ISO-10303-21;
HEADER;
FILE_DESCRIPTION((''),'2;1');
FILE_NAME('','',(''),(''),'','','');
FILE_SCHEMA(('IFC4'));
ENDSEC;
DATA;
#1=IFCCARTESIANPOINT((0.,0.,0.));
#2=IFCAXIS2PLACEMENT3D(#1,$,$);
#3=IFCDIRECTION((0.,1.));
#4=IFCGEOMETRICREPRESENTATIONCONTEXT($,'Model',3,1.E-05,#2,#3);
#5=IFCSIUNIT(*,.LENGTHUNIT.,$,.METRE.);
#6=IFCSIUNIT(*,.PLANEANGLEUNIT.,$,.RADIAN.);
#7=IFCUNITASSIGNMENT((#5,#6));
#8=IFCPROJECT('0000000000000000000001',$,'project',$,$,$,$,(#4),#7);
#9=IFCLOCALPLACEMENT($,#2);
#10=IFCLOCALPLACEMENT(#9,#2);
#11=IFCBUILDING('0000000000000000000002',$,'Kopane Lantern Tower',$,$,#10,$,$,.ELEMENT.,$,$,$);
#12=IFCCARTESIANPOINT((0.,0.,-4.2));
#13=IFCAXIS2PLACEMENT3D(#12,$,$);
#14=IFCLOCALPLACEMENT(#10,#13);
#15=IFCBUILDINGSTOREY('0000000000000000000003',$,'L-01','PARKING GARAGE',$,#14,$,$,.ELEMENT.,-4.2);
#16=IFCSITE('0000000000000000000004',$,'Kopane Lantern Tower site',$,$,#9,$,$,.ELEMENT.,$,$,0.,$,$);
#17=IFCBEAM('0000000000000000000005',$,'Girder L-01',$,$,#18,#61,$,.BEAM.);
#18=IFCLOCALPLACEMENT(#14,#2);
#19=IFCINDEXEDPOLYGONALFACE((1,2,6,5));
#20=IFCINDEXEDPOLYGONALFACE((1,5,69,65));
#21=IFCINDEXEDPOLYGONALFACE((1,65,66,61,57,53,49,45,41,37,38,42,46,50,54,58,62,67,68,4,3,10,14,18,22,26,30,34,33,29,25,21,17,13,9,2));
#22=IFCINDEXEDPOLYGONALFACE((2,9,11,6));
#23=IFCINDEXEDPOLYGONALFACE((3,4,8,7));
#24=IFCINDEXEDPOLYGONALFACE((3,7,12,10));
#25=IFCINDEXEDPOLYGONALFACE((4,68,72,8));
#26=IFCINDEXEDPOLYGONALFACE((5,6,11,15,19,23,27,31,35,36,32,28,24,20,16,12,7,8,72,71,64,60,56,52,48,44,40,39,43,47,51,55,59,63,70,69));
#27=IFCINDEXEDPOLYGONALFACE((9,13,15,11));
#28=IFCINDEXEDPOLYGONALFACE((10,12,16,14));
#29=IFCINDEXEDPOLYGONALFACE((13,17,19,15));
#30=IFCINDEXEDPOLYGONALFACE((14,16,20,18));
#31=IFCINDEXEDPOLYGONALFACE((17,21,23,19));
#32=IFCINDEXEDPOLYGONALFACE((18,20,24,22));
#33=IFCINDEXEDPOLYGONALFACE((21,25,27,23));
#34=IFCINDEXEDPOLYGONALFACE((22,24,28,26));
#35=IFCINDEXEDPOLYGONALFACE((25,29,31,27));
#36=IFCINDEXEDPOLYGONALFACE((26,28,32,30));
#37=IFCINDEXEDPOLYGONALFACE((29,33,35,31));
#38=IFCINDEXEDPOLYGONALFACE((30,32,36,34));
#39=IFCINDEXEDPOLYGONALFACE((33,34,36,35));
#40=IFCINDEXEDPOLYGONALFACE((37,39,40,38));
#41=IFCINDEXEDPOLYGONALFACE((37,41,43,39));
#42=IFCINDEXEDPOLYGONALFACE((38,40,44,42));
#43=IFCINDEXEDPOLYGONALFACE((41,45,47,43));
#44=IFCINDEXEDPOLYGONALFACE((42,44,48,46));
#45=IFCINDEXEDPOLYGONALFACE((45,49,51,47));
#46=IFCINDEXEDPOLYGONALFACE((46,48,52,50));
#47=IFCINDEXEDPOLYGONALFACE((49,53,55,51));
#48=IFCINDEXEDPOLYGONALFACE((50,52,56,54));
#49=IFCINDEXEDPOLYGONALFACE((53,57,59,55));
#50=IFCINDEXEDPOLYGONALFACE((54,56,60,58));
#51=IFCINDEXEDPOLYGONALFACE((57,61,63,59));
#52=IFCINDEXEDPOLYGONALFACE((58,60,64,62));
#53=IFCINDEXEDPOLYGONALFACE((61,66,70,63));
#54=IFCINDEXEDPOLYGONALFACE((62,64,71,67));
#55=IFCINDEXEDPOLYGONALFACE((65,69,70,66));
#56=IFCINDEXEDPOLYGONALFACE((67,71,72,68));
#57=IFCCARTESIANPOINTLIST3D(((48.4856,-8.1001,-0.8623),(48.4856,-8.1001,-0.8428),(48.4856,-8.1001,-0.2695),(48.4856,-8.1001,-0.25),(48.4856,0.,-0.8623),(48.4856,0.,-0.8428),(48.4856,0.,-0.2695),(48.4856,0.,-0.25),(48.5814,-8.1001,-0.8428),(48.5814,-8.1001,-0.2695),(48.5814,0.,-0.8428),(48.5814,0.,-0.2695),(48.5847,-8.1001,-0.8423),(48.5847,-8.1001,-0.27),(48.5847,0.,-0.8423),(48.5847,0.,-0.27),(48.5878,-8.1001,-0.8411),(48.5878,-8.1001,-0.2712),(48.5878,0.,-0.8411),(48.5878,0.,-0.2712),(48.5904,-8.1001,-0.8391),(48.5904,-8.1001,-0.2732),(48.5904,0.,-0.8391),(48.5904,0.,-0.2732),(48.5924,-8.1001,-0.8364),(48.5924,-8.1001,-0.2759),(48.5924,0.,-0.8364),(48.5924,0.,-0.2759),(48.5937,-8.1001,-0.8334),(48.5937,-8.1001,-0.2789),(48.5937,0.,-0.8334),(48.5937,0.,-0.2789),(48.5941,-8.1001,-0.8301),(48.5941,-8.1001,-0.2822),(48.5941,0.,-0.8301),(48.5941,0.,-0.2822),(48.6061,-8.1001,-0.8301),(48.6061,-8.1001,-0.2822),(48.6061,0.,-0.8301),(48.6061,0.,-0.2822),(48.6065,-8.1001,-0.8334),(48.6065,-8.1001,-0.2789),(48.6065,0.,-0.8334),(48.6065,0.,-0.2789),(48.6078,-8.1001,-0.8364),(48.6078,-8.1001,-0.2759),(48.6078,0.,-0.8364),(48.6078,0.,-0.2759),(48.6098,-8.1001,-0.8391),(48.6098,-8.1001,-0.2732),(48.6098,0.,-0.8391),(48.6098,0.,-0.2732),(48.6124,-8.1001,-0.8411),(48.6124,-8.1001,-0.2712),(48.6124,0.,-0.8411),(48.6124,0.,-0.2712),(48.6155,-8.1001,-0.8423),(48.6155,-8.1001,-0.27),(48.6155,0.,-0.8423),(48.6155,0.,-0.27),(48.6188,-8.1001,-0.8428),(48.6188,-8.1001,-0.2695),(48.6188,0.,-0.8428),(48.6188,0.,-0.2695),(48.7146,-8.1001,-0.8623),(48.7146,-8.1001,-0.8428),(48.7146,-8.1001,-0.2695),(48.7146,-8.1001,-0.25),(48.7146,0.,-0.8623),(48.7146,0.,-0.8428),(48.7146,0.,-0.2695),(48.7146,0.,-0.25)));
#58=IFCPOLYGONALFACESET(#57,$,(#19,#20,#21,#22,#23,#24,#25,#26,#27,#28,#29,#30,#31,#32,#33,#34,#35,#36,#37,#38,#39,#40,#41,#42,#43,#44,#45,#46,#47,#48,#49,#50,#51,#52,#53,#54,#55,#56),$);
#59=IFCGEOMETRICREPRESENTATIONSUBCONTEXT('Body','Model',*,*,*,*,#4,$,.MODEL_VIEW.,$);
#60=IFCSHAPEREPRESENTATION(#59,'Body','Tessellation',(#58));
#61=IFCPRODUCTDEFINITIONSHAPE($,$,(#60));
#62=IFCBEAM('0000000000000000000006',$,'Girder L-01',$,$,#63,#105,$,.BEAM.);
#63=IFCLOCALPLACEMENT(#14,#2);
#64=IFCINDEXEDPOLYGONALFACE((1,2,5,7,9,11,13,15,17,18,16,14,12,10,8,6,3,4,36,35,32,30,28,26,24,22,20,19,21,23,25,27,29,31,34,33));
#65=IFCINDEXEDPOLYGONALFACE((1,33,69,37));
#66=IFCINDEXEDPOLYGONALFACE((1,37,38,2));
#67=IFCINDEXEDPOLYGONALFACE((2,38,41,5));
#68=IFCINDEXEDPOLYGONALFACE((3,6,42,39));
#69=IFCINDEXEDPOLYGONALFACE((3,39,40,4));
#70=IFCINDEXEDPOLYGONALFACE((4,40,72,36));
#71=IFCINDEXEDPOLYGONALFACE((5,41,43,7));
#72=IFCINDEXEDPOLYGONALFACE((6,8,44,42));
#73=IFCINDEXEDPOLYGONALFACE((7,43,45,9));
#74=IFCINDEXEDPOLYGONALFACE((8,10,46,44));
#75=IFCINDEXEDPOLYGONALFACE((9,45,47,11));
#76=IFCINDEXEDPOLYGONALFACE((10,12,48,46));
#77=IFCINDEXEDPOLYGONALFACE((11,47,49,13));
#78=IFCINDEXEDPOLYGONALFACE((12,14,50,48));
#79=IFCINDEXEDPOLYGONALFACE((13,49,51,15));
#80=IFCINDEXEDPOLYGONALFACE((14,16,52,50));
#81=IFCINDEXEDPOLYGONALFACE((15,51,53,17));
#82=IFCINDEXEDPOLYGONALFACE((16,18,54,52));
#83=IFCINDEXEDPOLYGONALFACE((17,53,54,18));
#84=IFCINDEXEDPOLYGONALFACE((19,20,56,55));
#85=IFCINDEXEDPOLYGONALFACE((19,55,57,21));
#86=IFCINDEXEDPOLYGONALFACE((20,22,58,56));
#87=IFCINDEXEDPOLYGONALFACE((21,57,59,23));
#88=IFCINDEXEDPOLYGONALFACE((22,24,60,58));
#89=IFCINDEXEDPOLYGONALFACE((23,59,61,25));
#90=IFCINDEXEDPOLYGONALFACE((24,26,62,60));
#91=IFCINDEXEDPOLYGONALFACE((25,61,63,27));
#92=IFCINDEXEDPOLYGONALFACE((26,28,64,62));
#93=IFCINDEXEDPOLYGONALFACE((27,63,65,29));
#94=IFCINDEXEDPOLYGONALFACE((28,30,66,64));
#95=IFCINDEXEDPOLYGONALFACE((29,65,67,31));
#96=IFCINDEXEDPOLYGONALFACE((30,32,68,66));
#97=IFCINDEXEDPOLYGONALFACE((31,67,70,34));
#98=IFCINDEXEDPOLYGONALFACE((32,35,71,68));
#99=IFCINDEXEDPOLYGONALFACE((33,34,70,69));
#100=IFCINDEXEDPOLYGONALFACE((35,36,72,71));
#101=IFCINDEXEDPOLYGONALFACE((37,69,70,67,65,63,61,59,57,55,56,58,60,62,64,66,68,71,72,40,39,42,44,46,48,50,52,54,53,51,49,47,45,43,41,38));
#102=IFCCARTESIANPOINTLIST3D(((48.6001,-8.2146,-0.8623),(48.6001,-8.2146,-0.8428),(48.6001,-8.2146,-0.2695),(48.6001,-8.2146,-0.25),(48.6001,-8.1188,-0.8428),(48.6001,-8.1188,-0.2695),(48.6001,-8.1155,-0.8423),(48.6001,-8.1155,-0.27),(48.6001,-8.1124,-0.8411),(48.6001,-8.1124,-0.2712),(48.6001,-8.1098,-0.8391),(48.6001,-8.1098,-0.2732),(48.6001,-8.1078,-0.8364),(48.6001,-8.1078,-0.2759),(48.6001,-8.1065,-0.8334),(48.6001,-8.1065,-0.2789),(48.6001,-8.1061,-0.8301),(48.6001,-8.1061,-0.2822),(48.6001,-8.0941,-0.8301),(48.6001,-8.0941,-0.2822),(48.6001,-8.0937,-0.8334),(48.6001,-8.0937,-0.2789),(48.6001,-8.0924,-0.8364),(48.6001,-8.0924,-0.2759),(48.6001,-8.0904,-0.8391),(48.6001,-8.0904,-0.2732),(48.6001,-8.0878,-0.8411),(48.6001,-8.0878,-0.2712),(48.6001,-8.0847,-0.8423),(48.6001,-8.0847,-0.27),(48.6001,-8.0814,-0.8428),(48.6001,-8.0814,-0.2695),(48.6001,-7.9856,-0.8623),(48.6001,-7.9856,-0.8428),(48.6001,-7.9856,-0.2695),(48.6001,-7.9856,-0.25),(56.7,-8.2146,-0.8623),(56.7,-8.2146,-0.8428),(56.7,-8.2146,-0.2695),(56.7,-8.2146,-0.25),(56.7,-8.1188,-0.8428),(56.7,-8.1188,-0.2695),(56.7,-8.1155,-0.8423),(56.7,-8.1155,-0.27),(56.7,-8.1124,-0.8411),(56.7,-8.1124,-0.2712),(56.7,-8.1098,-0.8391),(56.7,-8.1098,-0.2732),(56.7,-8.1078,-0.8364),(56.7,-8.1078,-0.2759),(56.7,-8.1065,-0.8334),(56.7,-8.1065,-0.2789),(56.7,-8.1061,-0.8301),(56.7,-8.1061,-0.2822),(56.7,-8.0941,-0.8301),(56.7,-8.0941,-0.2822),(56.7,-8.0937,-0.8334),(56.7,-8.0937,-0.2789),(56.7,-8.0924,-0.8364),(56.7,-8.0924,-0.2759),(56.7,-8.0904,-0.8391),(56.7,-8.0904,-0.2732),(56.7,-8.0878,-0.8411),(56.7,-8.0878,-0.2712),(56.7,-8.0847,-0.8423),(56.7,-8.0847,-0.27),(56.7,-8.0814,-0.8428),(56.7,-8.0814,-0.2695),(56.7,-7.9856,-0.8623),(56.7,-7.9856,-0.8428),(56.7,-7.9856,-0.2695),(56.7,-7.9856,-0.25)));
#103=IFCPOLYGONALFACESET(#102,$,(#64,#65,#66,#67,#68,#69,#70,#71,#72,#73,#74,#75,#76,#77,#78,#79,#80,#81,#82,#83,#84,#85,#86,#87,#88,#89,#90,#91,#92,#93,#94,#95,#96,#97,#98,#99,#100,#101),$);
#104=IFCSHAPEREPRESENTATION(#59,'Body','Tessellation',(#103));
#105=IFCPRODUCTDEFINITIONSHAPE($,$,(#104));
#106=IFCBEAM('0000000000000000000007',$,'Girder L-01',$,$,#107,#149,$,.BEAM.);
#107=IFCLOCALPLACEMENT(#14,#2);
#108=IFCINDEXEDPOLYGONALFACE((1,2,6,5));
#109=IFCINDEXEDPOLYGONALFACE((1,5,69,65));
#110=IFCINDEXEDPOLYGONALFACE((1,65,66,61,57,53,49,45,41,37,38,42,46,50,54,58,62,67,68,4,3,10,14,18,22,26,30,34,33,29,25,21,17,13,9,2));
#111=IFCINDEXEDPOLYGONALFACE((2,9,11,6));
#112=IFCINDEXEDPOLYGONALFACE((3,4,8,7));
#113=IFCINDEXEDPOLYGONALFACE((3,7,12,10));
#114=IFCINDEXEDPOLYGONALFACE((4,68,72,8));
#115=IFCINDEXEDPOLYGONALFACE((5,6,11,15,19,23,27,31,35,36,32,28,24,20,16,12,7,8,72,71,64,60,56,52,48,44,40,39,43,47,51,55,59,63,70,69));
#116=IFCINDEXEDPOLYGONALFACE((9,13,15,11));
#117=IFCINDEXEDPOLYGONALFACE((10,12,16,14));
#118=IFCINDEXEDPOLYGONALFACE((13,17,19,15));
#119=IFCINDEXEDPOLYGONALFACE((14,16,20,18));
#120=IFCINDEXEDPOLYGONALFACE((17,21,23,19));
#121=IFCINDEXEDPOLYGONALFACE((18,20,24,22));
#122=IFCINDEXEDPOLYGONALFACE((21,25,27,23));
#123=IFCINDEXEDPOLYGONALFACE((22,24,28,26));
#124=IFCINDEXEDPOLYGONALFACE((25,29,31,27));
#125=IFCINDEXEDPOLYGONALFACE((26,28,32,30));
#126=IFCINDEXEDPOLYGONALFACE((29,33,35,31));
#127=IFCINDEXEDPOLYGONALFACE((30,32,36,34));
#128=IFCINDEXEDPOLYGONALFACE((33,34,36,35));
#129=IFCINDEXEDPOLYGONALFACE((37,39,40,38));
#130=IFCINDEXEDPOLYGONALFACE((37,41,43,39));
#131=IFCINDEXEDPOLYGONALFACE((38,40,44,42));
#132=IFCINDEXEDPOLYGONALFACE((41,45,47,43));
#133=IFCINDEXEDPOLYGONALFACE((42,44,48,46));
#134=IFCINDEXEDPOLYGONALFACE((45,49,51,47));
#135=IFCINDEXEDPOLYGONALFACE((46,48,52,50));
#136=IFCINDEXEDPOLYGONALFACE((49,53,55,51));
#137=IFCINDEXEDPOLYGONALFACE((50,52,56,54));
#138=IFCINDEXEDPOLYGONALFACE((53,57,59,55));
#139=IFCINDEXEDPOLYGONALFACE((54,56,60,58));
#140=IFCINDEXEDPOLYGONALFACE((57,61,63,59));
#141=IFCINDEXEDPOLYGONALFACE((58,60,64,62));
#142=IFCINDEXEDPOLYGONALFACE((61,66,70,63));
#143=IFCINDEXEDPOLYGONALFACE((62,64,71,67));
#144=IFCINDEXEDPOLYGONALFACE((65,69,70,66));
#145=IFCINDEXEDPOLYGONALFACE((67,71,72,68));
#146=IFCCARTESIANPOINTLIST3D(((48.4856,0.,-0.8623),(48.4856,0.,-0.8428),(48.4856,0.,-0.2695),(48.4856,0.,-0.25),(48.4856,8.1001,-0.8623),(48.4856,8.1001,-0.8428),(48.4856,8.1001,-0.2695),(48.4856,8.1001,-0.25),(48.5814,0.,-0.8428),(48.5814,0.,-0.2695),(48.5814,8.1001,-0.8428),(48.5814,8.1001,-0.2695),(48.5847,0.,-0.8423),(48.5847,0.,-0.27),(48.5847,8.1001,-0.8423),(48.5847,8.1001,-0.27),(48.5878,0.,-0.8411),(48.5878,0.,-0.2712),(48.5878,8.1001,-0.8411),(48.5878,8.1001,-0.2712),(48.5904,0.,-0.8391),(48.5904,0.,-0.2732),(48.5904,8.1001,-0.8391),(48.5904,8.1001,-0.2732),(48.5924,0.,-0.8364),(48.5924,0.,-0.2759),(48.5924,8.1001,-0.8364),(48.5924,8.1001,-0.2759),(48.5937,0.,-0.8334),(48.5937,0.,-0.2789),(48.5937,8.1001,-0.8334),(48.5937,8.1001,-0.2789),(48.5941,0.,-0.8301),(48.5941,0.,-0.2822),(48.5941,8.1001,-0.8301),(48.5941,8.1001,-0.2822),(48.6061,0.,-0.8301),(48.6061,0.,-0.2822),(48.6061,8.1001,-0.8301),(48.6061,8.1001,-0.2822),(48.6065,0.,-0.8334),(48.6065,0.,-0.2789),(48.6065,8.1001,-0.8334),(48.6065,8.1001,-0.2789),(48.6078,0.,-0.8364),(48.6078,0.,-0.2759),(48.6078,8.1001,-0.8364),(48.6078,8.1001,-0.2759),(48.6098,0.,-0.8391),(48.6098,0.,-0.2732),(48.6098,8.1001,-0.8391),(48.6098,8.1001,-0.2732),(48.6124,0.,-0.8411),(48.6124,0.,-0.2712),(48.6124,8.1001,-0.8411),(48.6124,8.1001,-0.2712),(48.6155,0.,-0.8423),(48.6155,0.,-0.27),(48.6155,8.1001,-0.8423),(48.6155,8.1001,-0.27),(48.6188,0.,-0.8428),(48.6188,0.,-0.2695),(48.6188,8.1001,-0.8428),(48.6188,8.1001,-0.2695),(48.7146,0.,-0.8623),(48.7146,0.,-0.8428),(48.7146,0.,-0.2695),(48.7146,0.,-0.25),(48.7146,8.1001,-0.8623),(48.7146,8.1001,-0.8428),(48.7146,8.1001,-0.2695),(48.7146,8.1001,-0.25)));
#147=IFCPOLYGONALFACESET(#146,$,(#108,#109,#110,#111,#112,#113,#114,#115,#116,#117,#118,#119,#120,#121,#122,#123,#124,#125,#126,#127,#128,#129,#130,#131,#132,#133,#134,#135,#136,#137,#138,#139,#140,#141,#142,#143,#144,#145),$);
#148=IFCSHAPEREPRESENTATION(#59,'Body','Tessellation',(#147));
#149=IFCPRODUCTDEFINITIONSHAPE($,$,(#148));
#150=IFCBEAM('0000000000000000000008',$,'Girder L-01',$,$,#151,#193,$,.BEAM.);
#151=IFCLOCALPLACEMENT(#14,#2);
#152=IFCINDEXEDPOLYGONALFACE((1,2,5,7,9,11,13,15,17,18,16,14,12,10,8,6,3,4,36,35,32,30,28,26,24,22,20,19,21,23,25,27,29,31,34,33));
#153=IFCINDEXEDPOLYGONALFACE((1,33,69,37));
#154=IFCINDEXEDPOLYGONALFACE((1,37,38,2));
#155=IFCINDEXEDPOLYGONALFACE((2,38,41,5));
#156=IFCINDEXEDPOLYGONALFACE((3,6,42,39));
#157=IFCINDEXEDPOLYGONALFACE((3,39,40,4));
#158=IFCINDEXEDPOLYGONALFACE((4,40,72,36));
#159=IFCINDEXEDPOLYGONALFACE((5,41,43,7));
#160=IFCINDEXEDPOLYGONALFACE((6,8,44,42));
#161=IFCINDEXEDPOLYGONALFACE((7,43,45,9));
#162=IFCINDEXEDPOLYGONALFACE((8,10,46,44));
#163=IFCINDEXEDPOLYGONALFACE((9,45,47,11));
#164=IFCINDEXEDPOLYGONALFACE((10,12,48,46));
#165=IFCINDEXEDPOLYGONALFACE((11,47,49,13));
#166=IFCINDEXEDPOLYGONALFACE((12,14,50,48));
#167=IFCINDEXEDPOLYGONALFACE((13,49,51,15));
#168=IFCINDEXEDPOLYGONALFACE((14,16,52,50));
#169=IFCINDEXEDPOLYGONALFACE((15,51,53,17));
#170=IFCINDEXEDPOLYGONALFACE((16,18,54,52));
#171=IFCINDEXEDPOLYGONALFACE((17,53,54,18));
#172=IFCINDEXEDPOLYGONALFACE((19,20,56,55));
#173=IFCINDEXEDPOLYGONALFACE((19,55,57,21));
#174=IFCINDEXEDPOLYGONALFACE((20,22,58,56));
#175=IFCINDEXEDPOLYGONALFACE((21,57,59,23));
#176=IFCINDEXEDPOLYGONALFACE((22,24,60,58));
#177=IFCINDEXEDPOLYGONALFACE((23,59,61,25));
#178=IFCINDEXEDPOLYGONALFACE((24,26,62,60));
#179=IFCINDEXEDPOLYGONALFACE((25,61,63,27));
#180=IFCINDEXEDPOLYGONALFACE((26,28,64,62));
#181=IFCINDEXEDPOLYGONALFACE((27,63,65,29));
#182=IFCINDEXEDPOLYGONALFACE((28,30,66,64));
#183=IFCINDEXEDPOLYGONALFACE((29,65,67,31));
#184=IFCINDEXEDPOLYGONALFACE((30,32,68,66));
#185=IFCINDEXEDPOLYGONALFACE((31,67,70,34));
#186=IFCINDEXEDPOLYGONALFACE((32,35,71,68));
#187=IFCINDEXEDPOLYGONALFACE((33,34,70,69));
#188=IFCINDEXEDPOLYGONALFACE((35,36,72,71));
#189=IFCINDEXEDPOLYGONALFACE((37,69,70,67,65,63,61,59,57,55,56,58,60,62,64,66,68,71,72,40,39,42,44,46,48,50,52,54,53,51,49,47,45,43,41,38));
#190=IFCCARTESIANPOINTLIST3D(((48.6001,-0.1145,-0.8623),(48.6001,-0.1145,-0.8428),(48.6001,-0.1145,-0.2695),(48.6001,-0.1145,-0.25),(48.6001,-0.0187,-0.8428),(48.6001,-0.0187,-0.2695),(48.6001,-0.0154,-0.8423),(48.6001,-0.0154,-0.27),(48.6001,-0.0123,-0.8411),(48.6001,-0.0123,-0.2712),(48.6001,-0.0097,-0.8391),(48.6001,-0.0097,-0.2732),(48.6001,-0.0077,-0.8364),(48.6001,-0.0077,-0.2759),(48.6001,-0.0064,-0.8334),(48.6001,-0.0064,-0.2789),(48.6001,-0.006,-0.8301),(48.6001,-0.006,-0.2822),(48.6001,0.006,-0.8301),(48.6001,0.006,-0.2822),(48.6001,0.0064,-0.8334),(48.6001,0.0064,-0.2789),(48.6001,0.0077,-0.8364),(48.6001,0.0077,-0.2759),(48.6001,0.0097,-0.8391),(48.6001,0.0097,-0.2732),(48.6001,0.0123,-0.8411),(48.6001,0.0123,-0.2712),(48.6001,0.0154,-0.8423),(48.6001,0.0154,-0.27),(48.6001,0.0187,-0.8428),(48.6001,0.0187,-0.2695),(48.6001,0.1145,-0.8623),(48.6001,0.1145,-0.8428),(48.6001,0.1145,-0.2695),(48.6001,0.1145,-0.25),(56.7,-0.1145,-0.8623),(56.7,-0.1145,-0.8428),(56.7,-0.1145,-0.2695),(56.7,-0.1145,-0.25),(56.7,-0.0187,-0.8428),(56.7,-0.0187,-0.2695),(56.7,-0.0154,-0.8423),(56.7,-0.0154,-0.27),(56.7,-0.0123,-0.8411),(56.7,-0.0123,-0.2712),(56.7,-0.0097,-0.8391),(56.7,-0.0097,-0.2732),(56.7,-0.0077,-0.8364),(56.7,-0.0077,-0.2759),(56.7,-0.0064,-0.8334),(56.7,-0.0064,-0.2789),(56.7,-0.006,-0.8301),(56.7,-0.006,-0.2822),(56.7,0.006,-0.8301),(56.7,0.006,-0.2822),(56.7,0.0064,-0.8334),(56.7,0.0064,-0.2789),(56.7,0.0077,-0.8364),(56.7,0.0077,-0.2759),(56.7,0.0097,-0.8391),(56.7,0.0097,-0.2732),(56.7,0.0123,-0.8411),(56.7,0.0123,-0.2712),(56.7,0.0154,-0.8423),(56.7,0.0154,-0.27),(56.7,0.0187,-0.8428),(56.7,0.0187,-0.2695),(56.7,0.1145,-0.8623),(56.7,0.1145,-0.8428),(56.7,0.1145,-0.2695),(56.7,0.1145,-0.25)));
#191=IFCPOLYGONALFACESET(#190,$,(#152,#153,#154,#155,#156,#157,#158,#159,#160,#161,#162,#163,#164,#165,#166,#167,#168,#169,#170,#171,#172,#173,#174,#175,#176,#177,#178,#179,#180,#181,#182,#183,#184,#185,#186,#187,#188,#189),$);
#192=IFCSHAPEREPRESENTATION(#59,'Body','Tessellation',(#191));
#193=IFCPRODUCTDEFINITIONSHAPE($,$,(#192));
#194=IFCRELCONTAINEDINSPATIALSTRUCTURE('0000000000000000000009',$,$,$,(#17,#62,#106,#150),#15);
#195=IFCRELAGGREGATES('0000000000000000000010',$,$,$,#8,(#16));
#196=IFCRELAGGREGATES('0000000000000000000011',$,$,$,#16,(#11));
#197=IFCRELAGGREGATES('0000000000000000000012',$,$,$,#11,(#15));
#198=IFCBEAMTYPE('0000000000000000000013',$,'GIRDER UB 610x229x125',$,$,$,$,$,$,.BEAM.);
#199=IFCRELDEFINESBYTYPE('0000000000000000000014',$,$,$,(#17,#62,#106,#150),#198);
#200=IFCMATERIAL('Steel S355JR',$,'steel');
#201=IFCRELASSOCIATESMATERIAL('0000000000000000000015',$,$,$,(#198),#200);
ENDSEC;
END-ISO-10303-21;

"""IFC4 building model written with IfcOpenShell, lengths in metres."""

from ifc_helpers import new_model, si_unit, direction, frame, origin, origin_2d, place, context, subcontext, project, spatial, i_section, extrude, material, material_profile, profile_set, type_object, element, save


model = new_model("IFC4")

# Units and contexts
model_context = context("Model", 3, precision=1e-05, world=origin(), true_north=direction((0.0, 1.0)))
body_context = subcontext(model_context, "Body", "Model", "MODEL_VIEW")
ifc_project = project(units=[si_unit("LENGTHUNIT", "METRE"), si_unit("PLANEANGLEUNIT", "RADIAN")], contexts=[model_context])

# Site, building, storey
site_placement = place(None, origin())
site = spatial("IfcSite", under=ifc_project, at=site_placement, Name="Kopane Lantern Tower site", CompositionType="ELEMENT", RefElevation=0.0)
building_placement = place(site_placement, origin())
building = spatial("IfcBuilding", under=site, at=building_placement, Name="Kopane Lantern Tower", CompositionType="ELEMENT")
storey_placement = place(building_placement, frame((0.0, 0.0, -4.2)))
storey = spatial("IfcBuildingStorey", under=building, at=storey_placement, Name="L-01", Description="PARKING GARAGE", CompositionType="ELEMENT", Elevation=-4.2)

# Beams
ifc_material_1 = material(Name="Steel S355JR", Category="steel")
ifc_material_profile_1 = material_profile(ifc_material_1, i_section(OverallWidth=0.229, OverallDepth=0.6123, WebThickness=0.012, FlangeThickness=0.0195, FilletRadius=0.0127, at=origin_2d()), Name="UB 610x229x125")
ifc_profile_set_1 = profile_set([ifc_material_profile_1], Name="Steel S355JR")
beam_type = type_object("IfcBeamType", Name="GIRDER UB 610x229x125", PredefinedType="BEAM", material=ifc_profile_set_1)
beam_1_placement = place(storey_placement, frame((48.6001, -8.1001, -0.5562), z_axis=(0.0, 1.0, 0.0), x_axis=(-1.0, 0.0, 0.0)))
element("IfcBeam", 1, at=beam_1_placement, inside=storey, type_object=beam_type, Name="Girder L-01", PredefinedType="BEAM", context=body_context, shape_type="SweptSolid", body=[
    extrude(i_section(OverallWidth=0.229, OverallDepth=0.6123, WebThickness=0.012, FlangeThickness=0.0195, FilletRadius=0.0127, at=origin_2d()), origin(), (0.0, 0.0, 1.0), 8.1001),
])
beam_2_placement = place(storey_placement, frame((48.6001, -8.1001, -0.5562), z_axis=(1.0, 0.0, 0.0), x_axis=(0.0, 1.0, 0.0)))
element("IfcBeam", 2, at=beam_2_placement, inside=storey, type_object=beam_type, Name="Girder L-01", PredefinedType="BEAM", context=body_context, shape_type="SweptSolid", body=[
    extrude(i_section(OverallWidth=0.229, OverallDepth=0.6123, WebThickness=0.012, FlangeThickness=0.0195, FilletRadius=0.0127, at=origin_2d()), origin(), (0.0, 0.0, 1.0), 8.0999),
])
beam_3_placement = place(storey_placement, frame((48.6001, 0.0, -0.5562), z_axis=(0.0, 1.0, 0.0), x_axis=(-1.0, 0.0, 0.0)))
element("IfcBeam", 3, at=beam_3_placement, inside=storey, type_object=beam_type, Name="Girder L-01", PredefinedType="BEAM", context=body_context, shape_type="SweptSolid", body=[
    extrude(i_section(OverallWidth=0.229, OverallDepth=0.6123, WebThickness=0.012, FlangeThickness=0.0195, FilletRadius=0.0127, at=origin_2d()), origin(), (0.0, 0.0, 1.0), 8.1001),
])
for number, where, z_axis, x_axis, name in (
    (4, (48.6001, 0.0, -0.5562), (1.0, 0.0, 0.0), (0.0, 1.0, 0.0), "Girder L-01"),
):
    element("IfcBeam", number, at=place(storey_placement, frame(where, z_axis=z_axis, x_axis=x_axis)), inside=storey, type_object=beam_type, Name=name, PredefinedType="BEAM", context=body_context, shape_type="SweptSolid", body=[
        extrude(i_section(OverallWidth=0.229, OverallDepth=0.6123, WebThickness=0.012, FlangeThickness=0.0195, FilletRadius=0.0127, at=origin_2d()), origin(), (0.0, 0.0, 1.0), 8.0999),
    ])

save(model, "model.ifc")
